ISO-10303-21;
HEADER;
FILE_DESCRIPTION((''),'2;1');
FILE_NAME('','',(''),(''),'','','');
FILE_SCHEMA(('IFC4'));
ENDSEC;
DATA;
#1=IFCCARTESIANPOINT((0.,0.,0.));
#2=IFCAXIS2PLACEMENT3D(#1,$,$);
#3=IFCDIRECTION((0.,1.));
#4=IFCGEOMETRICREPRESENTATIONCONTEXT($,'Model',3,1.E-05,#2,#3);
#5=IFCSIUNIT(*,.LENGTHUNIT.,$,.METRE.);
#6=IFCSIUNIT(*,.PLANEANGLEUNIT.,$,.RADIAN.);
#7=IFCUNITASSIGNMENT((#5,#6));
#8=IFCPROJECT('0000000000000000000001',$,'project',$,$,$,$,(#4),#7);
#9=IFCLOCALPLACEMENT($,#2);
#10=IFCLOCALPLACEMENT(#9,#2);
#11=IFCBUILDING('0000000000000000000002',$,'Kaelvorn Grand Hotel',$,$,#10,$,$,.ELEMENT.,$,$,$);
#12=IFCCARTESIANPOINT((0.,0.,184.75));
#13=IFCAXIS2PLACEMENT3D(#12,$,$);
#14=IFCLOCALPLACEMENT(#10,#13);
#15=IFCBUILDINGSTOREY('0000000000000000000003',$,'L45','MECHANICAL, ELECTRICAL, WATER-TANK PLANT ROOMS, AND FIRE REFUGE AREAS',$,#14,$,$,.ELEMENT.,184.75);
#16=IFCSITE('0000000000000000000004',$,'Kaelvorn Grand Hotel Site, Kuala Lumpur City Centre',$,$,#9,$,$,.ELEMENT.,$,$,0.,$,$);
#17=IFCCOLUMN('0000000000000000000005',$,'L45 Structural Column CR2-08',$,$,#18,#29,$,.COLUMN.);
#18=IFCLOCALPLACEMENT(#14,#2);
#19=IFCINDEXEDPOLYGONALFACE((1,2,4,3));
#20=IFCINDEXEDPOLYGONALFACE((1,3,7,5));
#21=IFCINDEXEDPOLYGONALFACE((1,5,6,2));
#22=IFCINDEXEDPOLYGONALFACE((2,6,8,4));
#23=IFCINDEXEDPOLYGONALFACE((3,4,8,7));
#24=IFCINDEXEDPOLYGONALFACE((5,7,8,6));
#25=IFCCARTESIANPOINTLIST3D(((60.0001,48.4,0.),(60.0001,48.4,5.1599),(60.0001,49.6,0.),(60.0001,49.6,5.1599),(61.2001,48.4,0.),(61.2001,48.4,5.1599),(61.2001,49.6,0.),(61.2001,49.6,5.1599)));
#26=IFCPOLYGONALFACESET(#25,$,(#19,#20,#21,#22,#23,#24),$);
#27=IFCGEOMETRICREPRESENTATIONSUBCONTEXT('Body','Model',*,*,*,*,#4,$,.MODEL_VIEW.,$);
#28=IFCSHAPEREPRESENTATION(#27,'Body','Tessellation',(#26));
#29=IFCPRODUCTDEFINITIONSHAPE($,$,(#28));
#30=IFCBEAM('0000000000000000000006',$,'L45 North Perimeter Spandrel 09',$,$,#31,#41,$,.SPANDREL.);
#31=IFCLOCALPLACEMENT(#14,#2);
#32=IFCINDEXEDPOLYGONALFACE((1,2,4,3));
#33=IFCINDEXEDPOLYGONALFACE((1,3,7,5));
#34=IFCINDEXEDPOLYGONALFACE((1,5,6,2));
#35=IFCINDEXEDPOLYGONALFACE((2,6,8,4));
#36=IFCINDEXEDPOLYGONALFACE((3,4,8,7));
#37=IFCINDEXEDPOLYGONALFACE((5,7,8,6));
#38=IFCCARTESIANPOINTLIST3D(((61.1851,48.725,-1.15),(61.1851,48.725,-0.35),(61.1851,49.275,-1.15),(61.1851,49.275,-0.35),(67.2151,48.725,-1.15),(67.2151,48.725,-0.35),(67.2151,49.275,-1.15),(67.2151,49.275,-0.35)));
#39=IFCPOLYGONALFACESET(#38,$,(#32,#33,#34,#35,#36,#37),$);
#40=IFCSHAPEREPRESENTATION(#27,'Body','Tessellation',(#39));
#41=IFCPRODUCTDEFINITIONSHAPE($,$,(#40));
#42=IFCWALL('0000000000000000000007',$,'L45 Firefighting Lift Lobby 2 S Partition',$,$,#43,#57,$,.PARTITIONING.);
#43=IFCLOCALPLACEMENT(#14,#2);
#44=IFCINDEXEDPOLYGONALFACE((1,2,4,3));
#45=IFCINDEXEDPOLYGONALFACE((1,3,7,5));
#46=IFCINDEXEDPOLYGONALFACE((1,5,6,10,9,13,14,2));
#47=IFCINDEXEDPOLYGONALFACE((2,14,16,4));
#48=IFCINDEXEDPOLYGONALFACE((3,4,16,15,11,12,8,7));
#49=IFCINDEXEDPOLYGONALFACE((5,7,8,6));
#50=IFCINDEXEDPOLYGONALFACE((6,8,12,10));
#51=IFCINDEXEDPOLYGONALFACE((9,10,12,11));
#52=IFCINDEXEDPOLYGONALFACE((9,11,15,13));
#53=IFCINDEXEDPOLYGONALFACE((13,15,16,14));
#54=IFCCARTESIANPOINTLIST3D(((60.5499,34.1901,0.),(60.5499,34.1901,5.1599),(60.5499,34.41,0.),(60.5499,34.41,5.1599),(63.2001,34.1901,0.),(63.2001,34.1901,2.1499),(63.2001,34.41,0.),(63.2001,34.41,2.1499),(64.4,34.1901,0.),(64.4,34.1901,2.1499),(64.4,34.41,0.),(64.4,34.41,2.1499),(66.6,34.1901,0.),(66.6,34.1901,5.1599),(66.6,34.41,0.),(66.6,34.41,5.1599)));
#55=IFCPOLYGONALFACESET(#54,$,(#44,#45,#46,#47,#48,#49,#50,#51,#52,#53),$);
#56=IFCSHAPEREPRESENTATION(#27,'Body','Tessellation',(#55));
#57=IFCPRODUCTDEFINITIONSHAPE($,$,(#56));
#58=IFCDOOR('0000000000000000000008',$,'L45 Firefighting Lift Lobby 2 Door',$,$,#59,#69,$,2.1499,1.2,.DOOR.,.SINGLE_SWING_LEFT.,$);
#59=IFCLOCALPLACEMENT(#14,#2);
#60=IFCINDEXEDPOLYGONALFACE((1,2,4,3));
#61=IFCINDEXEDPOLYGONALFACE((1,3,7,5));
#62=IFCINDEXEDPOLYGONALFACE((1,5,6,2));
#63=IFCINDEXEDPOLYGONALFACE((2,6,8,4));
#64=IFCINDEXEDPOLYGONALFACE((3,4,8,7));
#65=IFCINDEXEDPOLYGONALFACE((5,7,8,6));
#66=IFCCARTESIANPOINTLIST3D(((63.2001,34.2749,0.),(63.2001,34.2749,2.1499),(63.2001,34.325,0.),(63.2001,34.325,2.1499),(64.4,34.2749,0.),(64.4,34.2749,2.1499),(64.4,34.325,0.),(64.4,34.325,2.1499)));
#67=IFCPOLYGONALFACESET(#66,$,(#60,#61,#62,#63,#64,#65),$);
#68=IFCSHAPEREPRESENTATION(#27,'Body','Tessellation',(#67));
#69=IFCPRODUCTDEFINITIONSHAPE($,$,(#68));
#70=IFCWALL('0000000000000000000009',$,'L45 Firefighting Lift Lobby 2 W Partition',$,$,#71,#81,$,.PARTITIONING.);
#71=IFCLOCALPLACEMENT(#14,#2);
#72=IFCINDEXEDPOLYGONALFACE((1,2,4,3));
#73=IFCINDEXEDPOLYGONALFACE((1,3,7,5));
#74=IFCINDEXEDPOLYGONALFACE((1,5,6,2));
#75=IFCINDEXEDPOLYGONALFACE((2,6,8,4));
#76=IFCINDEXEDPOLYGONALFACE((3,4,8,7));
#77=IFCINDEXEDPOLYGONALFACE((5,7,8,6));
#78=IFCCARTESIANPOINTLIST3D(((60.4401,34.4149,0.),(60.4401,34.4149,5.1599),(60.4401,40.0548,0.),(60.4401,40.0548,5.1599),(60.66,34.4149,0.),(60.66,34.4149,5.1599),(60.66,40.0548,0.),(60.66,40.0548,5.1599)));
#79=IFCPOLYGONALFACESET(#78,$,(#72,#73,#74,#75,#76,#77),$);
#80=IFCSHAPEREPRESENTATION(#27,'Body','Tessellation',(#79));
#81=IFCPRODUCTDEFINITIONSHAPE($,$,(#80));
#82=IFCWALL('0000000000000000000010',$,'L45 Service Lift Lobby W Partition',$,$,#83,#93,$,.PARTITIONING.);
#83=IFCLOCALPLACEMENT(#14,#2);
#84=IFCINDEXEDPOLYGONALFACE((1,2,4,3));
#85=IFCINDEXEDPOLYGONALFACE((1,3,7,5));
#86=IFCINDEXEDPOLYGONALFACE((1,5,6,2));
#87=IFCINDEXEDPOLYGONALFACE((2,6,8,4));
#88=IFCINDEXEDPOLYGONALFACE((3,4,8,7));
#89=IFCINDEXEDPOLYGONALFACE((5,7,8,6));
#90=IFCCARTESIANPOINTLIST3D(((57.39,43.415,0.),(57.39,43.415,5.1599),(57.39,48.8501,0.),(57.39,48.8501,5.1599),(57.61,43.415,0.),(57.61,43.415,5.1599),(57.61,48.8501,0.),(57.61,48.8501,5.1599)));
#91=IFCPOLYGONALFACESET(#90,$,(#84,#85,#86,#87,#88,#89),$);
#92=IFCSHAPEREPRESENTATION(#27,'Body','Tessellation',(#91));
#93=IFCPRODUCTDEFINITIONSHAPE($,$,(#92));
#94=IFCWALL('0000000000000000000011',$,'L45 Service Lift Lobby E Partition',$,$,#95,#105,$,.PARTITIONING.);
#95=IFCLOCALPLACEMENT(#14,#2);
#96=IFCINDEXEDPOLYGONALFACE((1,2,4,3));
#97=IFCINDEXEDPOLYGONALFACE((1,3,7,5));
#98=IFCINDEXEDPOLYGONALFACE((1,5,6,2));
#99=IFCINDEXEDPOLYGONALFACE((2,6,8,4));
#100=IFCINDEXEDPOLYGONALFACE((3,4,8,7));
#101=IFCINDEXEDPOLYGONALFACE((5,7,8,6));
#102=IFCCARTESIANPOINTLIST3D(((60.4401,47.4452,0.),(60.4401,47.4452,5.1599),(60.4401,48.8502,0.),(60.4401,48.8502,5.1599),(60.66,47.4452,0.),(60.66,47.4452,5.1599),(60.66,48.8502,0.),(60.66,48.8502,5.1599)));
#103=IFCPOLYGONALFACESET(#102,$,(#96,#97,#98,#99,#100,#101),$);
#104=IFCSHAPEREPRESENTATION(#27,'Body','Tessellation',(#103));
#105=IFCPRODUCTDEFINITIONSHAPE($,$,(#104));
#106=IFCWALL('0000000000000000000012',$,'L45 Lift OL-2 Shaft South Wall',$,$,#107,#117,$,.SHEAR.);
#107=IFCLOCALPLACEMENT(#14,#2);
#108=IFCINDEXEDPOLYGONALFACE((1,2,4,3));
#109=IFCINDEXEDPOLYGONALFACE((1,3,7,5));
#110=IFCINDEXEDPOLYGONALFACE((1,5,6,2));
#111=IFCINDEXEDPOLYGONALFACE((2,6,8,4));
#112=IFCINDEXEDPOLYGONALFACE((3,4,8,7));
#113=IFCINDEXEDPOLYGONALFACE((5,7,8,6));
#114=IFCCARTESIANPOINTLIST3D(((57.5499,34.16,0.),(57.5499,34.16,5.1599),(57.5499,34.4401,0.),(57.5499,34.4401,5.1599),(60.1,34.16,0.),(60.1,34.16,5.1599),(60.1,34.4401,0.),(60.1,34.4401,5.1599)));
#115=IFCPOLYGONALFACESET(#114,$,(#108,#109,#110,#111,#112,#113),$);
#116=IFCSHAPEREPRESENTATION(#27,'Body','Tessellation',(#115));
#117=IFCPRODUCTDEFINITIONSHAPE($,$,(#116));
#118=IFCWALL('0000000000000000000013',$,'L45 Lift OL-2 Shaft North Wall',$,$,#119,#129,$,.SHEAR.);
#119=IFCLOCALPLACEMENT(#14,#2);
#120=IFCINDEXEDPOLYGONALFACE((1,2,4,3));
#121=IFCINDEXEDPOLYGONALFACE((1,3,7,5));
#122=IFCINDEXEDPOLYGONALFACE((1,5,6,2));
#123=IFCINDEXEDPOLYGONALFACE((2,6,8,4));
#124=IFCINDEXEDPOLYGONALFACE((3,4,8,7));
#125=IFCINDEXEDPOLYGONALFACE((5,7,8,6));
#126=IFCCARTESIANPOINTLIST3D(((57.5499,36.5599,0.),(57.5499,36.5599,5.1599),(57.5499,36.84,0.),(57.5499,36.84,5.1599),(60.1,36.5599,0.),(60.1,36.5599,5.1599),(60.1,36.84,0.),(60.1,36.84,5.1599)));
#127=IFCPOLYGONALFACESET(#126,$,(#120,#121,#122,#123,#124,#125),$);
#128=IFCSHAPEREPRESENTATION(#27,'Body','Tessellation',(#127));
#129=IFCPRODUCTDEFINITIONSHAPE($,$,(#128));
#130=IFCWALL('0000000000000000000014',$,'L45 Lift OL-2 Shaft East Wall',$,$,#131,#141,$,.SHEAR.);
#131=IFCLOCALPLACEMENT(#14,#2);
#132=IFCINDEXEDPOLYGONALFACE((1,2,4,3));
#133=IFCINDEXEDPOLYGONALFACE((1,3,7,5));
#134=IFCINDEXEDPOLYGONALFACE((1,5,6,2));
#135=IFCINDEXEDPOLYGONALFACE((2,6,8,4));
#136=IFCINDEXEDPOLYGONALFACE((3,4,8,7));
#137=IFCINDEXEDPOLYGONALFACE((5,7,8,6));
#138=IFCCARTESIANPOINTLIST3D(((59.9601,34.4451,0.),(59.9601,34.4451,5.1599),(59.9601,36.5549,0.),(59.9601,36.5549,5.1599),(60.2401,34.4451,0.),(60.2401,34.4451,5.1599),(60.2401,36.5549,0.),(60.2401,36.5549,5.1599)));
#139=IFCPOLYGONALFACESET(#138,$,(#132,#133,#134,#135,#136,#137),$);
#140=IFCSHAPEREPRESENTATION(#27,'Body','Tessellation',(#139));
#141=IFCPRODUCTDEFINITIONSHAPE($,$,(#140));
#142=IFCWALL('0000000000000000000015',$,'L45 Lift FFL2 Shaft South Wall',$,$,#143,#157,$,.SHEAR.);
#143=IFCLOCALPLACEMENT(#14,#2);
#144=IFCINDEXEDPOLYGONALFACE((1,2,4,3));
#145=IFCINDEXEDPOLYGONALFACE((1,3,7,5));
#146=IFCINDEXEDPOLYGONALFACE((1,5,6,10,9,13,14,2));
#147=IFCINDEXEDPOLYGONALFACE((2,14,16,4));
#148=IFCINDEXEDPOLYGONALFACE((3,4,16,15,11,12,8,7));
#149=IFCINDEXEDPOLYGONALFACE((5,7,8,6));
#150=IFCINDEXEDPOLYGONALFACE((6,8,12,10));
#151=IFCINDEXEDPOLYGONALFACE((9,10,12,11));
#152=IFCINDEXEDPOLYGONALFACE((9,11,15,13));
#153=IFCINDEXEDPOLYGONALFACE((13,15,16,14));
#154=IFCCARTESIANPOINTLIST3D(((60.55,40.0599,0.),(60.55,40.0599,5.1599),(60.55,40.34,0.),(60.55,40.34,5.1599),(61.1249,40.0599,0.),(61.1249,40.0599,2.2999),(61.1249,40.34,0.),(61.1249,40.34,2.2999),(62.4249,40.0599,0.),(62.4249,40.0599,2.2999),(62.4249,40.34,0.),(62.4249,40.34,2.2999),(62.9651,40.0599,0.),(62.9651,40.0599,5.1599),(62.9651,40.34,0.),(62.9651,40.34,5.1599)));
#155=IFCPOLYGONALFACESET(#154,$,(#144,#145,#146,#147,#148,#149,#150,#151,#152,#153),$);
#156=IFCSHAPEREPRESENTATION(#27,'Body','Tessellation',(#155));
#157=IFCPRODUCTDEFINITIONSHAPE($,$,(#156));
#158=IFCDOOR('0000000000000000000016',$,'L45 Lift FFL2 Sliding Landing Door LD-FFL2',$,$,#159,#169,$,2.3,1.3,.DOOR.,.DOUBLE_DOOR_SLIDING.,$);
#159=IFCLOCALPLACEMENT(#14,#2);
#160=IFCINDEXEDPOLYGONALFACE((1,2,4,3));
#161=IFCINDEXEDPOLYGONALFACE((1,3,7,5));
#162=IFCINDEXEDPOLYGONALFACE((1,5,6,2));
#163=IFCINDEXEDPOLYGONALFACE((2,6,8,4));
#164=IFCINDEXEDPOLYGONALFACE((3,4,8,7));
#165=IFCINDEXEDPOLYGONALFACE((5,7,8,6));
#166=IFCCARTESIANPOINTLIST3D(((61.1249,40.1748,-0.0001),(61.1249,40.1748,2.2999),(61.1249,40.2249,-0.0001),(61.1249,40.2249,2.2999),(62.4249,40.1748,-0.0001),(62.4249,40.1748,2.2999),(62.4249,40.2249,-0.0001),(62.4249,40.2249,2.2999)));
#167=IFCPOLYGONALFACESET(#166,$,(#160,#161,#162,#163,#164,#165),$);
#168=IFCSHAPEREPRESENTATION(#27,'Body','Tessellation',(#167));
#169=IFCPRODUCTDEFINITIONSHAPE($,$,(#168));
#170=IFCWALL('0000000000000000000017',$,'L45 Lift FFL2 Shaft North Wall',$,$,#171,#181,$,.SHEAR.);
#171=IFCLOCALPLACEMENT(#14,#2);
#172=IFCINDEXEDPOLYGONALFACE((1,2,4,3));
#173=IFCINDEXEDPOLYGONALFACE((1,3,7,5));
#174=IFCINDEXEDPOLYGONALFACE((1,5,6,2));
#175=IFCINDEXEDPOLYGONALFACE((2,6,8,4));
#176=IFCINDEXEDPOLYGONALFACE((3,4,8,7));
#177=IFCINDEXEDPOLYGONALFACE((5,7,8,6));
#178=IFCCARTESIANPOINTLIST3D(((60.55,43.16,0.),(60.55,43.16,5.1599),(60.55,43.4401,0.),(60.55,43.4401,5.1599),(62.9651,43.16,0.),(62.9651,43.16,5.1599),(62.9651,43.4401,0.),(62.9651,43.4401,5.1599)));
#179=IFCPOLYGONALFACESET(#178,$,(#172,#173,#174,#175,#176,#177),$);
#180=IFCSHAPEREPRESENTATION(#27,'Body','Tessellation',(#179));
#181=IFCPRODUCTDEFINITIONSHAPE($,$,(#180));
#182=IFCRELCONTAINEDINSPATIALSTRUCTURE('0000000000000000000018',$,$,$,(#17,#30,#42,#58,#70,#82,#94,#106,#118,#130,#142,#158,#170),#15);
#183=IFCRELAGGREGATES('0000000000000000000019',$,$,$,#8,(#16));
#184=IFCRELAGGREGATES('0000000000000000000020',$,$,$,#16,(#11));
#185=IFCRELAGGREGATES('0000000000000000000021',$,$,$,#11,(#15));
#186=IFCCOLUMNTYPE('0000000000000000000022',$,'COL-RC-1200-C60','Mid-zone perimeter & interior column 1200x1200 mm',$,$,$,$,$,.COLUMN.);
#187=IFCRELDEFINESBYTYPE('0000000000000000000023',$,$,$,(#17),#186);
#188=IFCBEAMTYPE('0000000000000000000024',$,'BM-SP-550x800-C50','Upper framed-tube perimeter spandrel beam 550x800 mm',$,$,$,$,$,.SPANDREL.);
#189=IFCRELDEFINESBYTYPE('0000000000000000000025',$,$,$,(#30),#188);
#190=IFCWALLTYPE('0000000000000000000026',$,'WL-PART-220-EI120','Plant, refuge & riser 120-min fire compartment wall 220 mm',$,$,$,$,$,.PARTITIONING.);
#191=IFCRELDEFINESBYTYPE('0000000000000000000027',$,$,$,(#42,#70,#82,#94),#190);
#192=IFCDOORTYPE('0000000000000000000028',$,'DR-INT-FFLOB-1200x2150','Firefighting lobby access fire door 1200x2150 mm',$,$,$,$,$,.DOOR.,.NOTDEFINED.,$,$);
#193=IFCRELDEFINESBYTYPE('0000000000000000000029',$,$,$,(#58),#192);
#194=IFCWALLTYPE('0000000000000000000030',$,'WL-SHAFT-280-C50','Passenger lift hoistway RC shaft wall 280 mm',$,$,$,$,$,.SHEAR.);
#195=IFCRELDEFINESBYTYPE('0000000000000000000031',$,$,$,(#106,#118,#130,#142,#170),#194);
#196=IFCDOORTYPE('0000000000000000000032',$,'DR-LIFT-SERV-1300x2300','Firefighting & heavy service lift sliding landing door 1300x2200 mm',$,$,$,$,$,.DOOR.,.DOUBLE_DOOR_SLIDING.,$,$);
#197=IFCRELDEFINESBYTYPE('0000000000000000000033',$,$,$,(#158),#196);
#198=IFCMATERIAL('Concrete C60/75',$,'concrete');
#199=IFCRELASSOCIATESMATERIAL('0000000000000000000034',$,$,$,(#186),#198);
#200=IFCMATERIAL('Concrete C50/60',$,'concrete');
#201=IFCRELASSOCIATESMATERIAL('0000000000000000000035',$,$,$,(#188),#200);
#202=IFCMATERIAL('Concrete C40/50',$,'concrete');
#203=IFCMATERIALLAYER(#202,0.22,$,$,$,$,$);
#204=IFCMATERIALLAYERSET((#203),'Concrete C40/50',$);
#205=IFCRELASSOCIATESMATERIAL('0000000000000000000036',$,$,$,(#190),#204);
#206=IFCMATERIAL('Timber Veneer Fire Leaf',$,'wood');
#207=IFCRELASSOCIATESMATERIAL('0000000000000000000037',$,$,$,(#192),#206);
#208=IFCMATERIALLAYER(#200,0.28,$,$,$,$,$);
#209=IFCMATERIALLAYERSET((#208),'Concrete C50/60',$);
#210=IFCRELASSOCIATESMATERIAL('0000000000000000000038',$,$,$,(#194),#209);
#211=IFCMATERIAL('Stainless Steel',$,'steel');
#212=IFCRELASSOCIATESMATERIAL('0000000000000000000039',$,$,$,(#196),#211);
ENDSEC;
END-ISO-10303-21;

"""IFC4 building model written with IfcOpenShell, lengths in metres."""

from ifc_helpers import new_model, si_unit, direction, frame, frame_2d, origin, origin_2d, place, context, subcontext, project, spatial, rectangle, extrude, material, layer, layer_set, material_profile, profile_set, type_object, element, fill, save


model = new_model("IFC4")

# Units and contexts
model_context = context("Model", 3, precision=1e-05, world=origin(), true_north=direction((0.0, 1.0)))
body_context = subcontext(model_context, "Body", "Model", "MODEL_VIEW")
ifc_project = project(units=[si_unit("LENGTHUNIT", "METRE"), si_unit("PLANEANGLEUNIT", "RADIAN")], contexts=[model_context])

# Site, building, storey
site_placement = place(None, origin())
site = spatial("IfcSite", under=ifc_project, at=site_placement, Name="Kaelvorn Grand Hotel Site, Kuala Lumpur City Centre", CompositionType="ELEMENT", RefElevation=0.0)
building_placement = place(site_placement, origin())
building = spatial("IfcBuilding", under=site, at=building_placement, Name="Kaelvorn Grand Hotel", CompositionType="ELEMENT")
storey_placement = place(building_placement, frame((0.0, 0.0, 184.75)))
storey = spatial("IfcBuildingStorey", under=building, at=storey_placement, Name="L45", Description="MECHANICAL, ELECTRICAL, WATER-TANK PLANT ROOMS, AND FIRE REFUGE AREAS", CompositionType="ELEMENT", Elevation=184.75)

# Column
ifc_material_1 = material(Name="Concrete C60/75", Category="concrete")
ifc_material_profile_1 = material_profile(ifc_material_1, rectangle(XDim=1.2, YDim=1.2, at=origin_2d()), Name="RC COL 1200x1200")
ifc_profile_set_1 = profile_set([ifc_material_profile_1], Name="Concrete C60/75")
column_type = type_object("IfcColumnType", Name="COL-RC-1200-C60", Description="Mid-zone perimeter & interior column 1200x1200 mm", PredefinedType="COLUMN", material=ifc_profile_set_1)
column_placement = place(storey_placement, frame((60.6001, 49.0, 0.0), z_axis=(0.0, 0.0, 1.0), x_axis=(1.0, 0.0, 0.0)))
element("IfcColumn", 1, at=column_placement, inside=storey, type_object=column_type, Name="L45 Structural Column CR2-08", PredefinedType="COLUMN", context=body_context, shape_type="SweptSolid", body=[
    extrude(rectangle(XDim=1.2, YDim=1.2, at=origin_2d()), origin(), (0.0, 0.0, 1.0), 5.1599),
])

# Beam
ifc_material_2 = material(Name="Concrete C50/60", Category="concrete")
ifc_material_profile_2 = material_profile(ifc_material_2, rectangle(XDim=0.55, YDim=0.8, at=origin_2d()), Name="RC SPANDREL 550x800")
ifc_profile_set_2 = profile_set([ifc_material_profile_2], Name="Concrete C50/60")
beam_type = type_object("IfcBeamType", Name="BM-SP-550x800-C50", Description="Upper framed-tube perimeter spandrel beam 550x800 mm", PredefinedType="SPANDREL", material=ifc_profile_set_2)
beam_placement = place(storey_placement, frame((61.1851, 49.0, -0.75), z_axis=(1.0, 0.0, 0.0), x_axis=(0.0, 1.0, 0.0)))
element("IfcBeam", 2, at=beam_placement, inside=storey, type_object=beam_type, Name="L45 North Perimeter Spandrel 09", PredefinedType="SPANDREL", context=body_context, shape_type="SweptSolid", body=[
    extrude(rectangle(XDim=0.55, YDim=0.8, at=origin_2d()), origin(), (0.0, 0.0, 1.0), 6.03),
])

# Wall, opening, door
ifc_material_3 = material(Name="Concrete C40/50", Category="concrete")
ifc_layer_1 = layer(ifc_material_3, 0.22)
ifc_layer_set_1 = layer_set([ifc_layer_1], Name="Concrete C40/50")
wall_type_1 = type_object("IfcWallType", Name="WL-PART-220-EI120", Description="Plant, refuge & riser 120-min fire compartment wall 220 mm", PredefinedType="PARTITIONING", material=ifc_layer_set_1)
wall_1_placement = place(storey_placement, frame((60.55, 34.3, 0.0), z_axis=(0.0, 0.0, 1.0), x_axis=(1.0, 0.0, 0.0)))
wall_1 = element("IfcWall", 3, at=wall_1_placement, inside=storey, type_object=wall_type_1, Name="L45 Firefighting Lift Lobby 2 S Partition", PredefinedType="PARTITIONING", context=body_context, shape_type="SweptSolid", body=[
    extrude(rectangle(XDim=6.05, YDim=0.22, at=frame_2d((3.0249, 0.0))), origin(), (0.0, 0.0, 1.0), 5.1599),
])
opening_1_placement = place(wall_1_placement, frame((2.6499, 0.0, 0.0)))
opening_1 = element("IfcOpeningElement", 4, at=opening_1_placement, cuts=wall_1, PredefinedType="OPENING", context=body_context, shape_type="SweptSolid", body=[
    extrude(rectangle(XDim=1.2, YDim=2.1499, at=frame_2d((0.6001, 1.075))), frame((0.0, 0.1201, 0.0), z_axis=(0.0, -1.0, 0.0), x_axis=(1.0, 0.0, 0.0)), (0.0, 0.0, 1.0), 0.24),
])
ifc_material_4 = material(Name="Timber Veneer Fire Leaf", Category="wood")
door_type_1 = type_object("IfcDoorType", Name="DR-INT-FFLOB-1200x2150", Description="Firefighting lobby access fire door 1200x2150 mm", OperationType="NOTDEFINED", PredefinedType="DOOR", material=ifc_material_4)
door_1_placement = place(opening_1_placement, origin())
door_1 = element("IfcDoor", 5, at=door_1_placement, inside=storey, type_object=door_type_1, Name="L45 Firefighting Lift Lobby 2 Door", OperationType="SINGLE_SWING_LEFT", OverallHeight=2.1499, OverallWidth=1.2, PredefinedType="DOOR", context=body_context, shape_type="SweptSolid", body=[
    extrude(rectangle(XDim=1.2, YDim=2.1499, at=frame_2d((0.6001, 1.075))), frame((0.0, 0.0249, 0.0), z_axis=(0.0, -1.0, 0.0), x_axis=(1.0, 0.0, 0.0)), (0.0, 0.0, 1.0), 0.05),
])
fill(opening_1, door_1)

# Wall
wall_2_placement = place(storey_placement, frame((60.55, 34.415, 0.0), z_axis=(0.0, 0.0, 1.0), x_axis=(0.0, 1.0, 0.0)))
element("IfcWall", 6, at=wall_2_placement, inside=storey, type_object=wall_type_1, Name="L45 Firefighting Lift Lobby 2 W Partition", PredefinedType="PARTITIONING", context=body_context, shape_type="SweptSolid", body=[
    extrude(rectangle(XDim=5.6399, YDim=0.22, at=frame_2d((2.8198, 0.0))), origin(), (0.0, 0.0, 1.0), 5.1599),
])

# Walls
wall_3_placement = place(storey_placement, frame((57.5, 43.415, 0.0), z_axis=(0.0, 0.0, 1.0), x_axis=(0.0, 1.0, 0.0)))
element("IfcWall", 7, at=wall_3_placement, inside=storey, type_object=wall_type_1, Name="L45 Service Lift Lobby W Partition", PredefinedType="PARTITIONING", context=body_context, shape_type="SweptSolid", body=[
    extrude(rectangle(XDim=5.4351, YDim=0.22, at=frame_2d((2.7175, 0.0))), origin(), (0.0, 0.0, 1.0), 5.1599),
])
wall_4_placement = place(storey_placement, frame((60.55, 47.4451, 0.0), z_axis=(0.0, 0.0, 1.0), x_axis=(0.0, 1.0, 0.0)))
element("IfcWall", 8, at=wall_4_placement, inside=storey, type_object=wall_type_1, Name="L45 Service Lift Lobby E Partition", PredefinedType="PARTITIONING", context=body_context, shape_type="SweptSolid", body=[
    extrude(rectangle(XDim=1.405, YDim=0.22, at=frame_2d((0.7026, 0.0))), origin(), (0.0, 0.0, 1.0), 5.1599),
])
ifc_layer_2 = layer(ifc_material_2, 0.28)
ifc_layer_set_2 = layer_set([ifc_layer_2], Name="Concrete C50/60")
wall_type_2 = type_object("IfcWallType", Name="WL-SHAFT-280-C50", Description="Passenger lift hoistway RC shaft wall 280 mm", PredefinedType="SHEAR", material=ifc_layer_set_2)
for number, where, z_axis, x_axis, name in (
    (9, (57.55, 34.3, 0.0), (0.0, 0.0, 1.0), (1.0, 0.0, 0.0), "L45 Lift OL-2 Shaft South Wall"),
    (10, (57.55, 36.7, 0.0), (0.0, 0.0, 1.0), (1.0, 0.0, 0.0), "L45 Lift OL-2 Shaft North Wall"),
):
    element("IfcWall", number, at=place(storey_placement, frame(where, z_axis=z_axis, x_axis=x_axis)), inside=storey, type_object=wall_type_2, Name=name, PredefinedType="SHEAR", context=body_context, shape_type="SweptSolid", body=[
        extrude(rectangle(XDim=2.55, YDim=0.28, at=frame_2d((1.2749, 0.0))), origin(), (0.0, 0.0, 1.0), 5.1599),
    ])
wall_5_placement = place(storey_placement, frame((60.1001, 34.4451, 0.0), z_axis=(0.0, 0.0, 1.0), x_axis=(0.0, 1.0, 0.0)))
element("IfcWall", 11, at=wall_5_placement, inside=storey, type_object=wall_type_2, Name="L45 Lift OL-2 Shaft East Wall", PredefinedType="SHEAR", context=body_context, shape_type="SweptSolid", body=[
    extrude(rectangle(XDim=2.1099, YDim=0.28, at=frame_2d((1.0549, 0.0))), origin(), (0.0, 0.0, 1.0), 5.1599),
])

# Wall, opening, door
wall_6_placement = place(storey_placement, frame((60.55, 40.2, 0.0), z_axis=(0.0, 0.0, 1.0), x_axis=(1.0, 0.0, 0.0)))
wall_6 = element("IfcWall", 12, at=wall_6_placement, inside=storey, type_object=wall_type_2, Name="L45 Lift FFL2 Shaft South Wall", PredefinedType="SHEAR", context=body_context, shape_type="SweptSolid", body=[
    extrude(rectangle(XDim=2.415, YDim=0.28, at=frame_2d((1.2075, 0.0))), origin(), (0.0, 0.0, 1.0), 5.1599),
])
opening_2_placement = place(wall_6_placement, frame((0.575, 0.0, 0.0)))
opening_2 = element("IfcOpeningElement", 13, at=opening_2_placement, cuts=wall_6, PredefinedType="OPENING", context=body_context, shape_type="SweptSolid", body=[
    extrude(rectangle(XDim=1.3, YDim=2.3, at=frame_2d((0.6499, 1.1499))), frame((0.0, 0.1499, 0.0), z_axis=(0.0, -1.0, 0.0), x_axis=(1.0, 0.0, 0.0)), (0.0, 0.0, 1.0), 0.3),
])
ifc_material_5 = material(Name="Stainless Steel", Category="steel")
door_type_2 = type_object("IfcDoorType", Name="DR-LIFT-SERV-1300x2300", Description="Firefighting & heavy service lift sliding landing door 1300x2200 mm", OperationType="DOUBLE_DOOR_SLIDING", PredefinedType="DOOR", material=ifc_material_5)
door_2_placement = place(opening_2_placement, origin())
door_2 = element("IfcDoor", 14, at=door_2_placement, inside=storey, type_object=door_type_2, Name="L45 Lift FFL2 Sliding Landing Door LD-FFL2", OperationType="DOUBLE_DOOR_SLIDING", OverallHeight=2.3, OverallWidth=1.3, PredefinedType="DOOR", context=body_context, shape_type="SweptSolid", body=[
    extrude(rectangle(XDim=1.3, YDim=2.3, at=frame_2d((0.6499, 1.1499))), frame((0.0, 0.0249, 0.0), z_axis=(0.0, -1.0, 0.0), x_axis=(1.0, 0.0, 0.0)), (0.0, 0.0, 1.0), 0.05),
])
fill(opening_2, door_2)

# Wall
wall_7_placement = place(storey_placement, frame((60.55, 43.3, 0.0), z_axis=(0.0, 0.0, 1.0), x_axis=(1.0, 0.0, 0.0)))
element("IfcWall", 15, at=wall_7_placement, inside=storey, type_object=wall_type_2, Name="L45 Lift FFL2 Shaft North Wall", PredefinedType="SHEAR", context=body_context, shape_type="SweptSolid", body=[
    extrude(rectangle(XDim=2.415, YDim=0.28, at=frame_2d((1.2075, 0.0))), origin(), (0.0, 0.0, 1.0), 5.1599),
])

save(model, "model.ifc")
